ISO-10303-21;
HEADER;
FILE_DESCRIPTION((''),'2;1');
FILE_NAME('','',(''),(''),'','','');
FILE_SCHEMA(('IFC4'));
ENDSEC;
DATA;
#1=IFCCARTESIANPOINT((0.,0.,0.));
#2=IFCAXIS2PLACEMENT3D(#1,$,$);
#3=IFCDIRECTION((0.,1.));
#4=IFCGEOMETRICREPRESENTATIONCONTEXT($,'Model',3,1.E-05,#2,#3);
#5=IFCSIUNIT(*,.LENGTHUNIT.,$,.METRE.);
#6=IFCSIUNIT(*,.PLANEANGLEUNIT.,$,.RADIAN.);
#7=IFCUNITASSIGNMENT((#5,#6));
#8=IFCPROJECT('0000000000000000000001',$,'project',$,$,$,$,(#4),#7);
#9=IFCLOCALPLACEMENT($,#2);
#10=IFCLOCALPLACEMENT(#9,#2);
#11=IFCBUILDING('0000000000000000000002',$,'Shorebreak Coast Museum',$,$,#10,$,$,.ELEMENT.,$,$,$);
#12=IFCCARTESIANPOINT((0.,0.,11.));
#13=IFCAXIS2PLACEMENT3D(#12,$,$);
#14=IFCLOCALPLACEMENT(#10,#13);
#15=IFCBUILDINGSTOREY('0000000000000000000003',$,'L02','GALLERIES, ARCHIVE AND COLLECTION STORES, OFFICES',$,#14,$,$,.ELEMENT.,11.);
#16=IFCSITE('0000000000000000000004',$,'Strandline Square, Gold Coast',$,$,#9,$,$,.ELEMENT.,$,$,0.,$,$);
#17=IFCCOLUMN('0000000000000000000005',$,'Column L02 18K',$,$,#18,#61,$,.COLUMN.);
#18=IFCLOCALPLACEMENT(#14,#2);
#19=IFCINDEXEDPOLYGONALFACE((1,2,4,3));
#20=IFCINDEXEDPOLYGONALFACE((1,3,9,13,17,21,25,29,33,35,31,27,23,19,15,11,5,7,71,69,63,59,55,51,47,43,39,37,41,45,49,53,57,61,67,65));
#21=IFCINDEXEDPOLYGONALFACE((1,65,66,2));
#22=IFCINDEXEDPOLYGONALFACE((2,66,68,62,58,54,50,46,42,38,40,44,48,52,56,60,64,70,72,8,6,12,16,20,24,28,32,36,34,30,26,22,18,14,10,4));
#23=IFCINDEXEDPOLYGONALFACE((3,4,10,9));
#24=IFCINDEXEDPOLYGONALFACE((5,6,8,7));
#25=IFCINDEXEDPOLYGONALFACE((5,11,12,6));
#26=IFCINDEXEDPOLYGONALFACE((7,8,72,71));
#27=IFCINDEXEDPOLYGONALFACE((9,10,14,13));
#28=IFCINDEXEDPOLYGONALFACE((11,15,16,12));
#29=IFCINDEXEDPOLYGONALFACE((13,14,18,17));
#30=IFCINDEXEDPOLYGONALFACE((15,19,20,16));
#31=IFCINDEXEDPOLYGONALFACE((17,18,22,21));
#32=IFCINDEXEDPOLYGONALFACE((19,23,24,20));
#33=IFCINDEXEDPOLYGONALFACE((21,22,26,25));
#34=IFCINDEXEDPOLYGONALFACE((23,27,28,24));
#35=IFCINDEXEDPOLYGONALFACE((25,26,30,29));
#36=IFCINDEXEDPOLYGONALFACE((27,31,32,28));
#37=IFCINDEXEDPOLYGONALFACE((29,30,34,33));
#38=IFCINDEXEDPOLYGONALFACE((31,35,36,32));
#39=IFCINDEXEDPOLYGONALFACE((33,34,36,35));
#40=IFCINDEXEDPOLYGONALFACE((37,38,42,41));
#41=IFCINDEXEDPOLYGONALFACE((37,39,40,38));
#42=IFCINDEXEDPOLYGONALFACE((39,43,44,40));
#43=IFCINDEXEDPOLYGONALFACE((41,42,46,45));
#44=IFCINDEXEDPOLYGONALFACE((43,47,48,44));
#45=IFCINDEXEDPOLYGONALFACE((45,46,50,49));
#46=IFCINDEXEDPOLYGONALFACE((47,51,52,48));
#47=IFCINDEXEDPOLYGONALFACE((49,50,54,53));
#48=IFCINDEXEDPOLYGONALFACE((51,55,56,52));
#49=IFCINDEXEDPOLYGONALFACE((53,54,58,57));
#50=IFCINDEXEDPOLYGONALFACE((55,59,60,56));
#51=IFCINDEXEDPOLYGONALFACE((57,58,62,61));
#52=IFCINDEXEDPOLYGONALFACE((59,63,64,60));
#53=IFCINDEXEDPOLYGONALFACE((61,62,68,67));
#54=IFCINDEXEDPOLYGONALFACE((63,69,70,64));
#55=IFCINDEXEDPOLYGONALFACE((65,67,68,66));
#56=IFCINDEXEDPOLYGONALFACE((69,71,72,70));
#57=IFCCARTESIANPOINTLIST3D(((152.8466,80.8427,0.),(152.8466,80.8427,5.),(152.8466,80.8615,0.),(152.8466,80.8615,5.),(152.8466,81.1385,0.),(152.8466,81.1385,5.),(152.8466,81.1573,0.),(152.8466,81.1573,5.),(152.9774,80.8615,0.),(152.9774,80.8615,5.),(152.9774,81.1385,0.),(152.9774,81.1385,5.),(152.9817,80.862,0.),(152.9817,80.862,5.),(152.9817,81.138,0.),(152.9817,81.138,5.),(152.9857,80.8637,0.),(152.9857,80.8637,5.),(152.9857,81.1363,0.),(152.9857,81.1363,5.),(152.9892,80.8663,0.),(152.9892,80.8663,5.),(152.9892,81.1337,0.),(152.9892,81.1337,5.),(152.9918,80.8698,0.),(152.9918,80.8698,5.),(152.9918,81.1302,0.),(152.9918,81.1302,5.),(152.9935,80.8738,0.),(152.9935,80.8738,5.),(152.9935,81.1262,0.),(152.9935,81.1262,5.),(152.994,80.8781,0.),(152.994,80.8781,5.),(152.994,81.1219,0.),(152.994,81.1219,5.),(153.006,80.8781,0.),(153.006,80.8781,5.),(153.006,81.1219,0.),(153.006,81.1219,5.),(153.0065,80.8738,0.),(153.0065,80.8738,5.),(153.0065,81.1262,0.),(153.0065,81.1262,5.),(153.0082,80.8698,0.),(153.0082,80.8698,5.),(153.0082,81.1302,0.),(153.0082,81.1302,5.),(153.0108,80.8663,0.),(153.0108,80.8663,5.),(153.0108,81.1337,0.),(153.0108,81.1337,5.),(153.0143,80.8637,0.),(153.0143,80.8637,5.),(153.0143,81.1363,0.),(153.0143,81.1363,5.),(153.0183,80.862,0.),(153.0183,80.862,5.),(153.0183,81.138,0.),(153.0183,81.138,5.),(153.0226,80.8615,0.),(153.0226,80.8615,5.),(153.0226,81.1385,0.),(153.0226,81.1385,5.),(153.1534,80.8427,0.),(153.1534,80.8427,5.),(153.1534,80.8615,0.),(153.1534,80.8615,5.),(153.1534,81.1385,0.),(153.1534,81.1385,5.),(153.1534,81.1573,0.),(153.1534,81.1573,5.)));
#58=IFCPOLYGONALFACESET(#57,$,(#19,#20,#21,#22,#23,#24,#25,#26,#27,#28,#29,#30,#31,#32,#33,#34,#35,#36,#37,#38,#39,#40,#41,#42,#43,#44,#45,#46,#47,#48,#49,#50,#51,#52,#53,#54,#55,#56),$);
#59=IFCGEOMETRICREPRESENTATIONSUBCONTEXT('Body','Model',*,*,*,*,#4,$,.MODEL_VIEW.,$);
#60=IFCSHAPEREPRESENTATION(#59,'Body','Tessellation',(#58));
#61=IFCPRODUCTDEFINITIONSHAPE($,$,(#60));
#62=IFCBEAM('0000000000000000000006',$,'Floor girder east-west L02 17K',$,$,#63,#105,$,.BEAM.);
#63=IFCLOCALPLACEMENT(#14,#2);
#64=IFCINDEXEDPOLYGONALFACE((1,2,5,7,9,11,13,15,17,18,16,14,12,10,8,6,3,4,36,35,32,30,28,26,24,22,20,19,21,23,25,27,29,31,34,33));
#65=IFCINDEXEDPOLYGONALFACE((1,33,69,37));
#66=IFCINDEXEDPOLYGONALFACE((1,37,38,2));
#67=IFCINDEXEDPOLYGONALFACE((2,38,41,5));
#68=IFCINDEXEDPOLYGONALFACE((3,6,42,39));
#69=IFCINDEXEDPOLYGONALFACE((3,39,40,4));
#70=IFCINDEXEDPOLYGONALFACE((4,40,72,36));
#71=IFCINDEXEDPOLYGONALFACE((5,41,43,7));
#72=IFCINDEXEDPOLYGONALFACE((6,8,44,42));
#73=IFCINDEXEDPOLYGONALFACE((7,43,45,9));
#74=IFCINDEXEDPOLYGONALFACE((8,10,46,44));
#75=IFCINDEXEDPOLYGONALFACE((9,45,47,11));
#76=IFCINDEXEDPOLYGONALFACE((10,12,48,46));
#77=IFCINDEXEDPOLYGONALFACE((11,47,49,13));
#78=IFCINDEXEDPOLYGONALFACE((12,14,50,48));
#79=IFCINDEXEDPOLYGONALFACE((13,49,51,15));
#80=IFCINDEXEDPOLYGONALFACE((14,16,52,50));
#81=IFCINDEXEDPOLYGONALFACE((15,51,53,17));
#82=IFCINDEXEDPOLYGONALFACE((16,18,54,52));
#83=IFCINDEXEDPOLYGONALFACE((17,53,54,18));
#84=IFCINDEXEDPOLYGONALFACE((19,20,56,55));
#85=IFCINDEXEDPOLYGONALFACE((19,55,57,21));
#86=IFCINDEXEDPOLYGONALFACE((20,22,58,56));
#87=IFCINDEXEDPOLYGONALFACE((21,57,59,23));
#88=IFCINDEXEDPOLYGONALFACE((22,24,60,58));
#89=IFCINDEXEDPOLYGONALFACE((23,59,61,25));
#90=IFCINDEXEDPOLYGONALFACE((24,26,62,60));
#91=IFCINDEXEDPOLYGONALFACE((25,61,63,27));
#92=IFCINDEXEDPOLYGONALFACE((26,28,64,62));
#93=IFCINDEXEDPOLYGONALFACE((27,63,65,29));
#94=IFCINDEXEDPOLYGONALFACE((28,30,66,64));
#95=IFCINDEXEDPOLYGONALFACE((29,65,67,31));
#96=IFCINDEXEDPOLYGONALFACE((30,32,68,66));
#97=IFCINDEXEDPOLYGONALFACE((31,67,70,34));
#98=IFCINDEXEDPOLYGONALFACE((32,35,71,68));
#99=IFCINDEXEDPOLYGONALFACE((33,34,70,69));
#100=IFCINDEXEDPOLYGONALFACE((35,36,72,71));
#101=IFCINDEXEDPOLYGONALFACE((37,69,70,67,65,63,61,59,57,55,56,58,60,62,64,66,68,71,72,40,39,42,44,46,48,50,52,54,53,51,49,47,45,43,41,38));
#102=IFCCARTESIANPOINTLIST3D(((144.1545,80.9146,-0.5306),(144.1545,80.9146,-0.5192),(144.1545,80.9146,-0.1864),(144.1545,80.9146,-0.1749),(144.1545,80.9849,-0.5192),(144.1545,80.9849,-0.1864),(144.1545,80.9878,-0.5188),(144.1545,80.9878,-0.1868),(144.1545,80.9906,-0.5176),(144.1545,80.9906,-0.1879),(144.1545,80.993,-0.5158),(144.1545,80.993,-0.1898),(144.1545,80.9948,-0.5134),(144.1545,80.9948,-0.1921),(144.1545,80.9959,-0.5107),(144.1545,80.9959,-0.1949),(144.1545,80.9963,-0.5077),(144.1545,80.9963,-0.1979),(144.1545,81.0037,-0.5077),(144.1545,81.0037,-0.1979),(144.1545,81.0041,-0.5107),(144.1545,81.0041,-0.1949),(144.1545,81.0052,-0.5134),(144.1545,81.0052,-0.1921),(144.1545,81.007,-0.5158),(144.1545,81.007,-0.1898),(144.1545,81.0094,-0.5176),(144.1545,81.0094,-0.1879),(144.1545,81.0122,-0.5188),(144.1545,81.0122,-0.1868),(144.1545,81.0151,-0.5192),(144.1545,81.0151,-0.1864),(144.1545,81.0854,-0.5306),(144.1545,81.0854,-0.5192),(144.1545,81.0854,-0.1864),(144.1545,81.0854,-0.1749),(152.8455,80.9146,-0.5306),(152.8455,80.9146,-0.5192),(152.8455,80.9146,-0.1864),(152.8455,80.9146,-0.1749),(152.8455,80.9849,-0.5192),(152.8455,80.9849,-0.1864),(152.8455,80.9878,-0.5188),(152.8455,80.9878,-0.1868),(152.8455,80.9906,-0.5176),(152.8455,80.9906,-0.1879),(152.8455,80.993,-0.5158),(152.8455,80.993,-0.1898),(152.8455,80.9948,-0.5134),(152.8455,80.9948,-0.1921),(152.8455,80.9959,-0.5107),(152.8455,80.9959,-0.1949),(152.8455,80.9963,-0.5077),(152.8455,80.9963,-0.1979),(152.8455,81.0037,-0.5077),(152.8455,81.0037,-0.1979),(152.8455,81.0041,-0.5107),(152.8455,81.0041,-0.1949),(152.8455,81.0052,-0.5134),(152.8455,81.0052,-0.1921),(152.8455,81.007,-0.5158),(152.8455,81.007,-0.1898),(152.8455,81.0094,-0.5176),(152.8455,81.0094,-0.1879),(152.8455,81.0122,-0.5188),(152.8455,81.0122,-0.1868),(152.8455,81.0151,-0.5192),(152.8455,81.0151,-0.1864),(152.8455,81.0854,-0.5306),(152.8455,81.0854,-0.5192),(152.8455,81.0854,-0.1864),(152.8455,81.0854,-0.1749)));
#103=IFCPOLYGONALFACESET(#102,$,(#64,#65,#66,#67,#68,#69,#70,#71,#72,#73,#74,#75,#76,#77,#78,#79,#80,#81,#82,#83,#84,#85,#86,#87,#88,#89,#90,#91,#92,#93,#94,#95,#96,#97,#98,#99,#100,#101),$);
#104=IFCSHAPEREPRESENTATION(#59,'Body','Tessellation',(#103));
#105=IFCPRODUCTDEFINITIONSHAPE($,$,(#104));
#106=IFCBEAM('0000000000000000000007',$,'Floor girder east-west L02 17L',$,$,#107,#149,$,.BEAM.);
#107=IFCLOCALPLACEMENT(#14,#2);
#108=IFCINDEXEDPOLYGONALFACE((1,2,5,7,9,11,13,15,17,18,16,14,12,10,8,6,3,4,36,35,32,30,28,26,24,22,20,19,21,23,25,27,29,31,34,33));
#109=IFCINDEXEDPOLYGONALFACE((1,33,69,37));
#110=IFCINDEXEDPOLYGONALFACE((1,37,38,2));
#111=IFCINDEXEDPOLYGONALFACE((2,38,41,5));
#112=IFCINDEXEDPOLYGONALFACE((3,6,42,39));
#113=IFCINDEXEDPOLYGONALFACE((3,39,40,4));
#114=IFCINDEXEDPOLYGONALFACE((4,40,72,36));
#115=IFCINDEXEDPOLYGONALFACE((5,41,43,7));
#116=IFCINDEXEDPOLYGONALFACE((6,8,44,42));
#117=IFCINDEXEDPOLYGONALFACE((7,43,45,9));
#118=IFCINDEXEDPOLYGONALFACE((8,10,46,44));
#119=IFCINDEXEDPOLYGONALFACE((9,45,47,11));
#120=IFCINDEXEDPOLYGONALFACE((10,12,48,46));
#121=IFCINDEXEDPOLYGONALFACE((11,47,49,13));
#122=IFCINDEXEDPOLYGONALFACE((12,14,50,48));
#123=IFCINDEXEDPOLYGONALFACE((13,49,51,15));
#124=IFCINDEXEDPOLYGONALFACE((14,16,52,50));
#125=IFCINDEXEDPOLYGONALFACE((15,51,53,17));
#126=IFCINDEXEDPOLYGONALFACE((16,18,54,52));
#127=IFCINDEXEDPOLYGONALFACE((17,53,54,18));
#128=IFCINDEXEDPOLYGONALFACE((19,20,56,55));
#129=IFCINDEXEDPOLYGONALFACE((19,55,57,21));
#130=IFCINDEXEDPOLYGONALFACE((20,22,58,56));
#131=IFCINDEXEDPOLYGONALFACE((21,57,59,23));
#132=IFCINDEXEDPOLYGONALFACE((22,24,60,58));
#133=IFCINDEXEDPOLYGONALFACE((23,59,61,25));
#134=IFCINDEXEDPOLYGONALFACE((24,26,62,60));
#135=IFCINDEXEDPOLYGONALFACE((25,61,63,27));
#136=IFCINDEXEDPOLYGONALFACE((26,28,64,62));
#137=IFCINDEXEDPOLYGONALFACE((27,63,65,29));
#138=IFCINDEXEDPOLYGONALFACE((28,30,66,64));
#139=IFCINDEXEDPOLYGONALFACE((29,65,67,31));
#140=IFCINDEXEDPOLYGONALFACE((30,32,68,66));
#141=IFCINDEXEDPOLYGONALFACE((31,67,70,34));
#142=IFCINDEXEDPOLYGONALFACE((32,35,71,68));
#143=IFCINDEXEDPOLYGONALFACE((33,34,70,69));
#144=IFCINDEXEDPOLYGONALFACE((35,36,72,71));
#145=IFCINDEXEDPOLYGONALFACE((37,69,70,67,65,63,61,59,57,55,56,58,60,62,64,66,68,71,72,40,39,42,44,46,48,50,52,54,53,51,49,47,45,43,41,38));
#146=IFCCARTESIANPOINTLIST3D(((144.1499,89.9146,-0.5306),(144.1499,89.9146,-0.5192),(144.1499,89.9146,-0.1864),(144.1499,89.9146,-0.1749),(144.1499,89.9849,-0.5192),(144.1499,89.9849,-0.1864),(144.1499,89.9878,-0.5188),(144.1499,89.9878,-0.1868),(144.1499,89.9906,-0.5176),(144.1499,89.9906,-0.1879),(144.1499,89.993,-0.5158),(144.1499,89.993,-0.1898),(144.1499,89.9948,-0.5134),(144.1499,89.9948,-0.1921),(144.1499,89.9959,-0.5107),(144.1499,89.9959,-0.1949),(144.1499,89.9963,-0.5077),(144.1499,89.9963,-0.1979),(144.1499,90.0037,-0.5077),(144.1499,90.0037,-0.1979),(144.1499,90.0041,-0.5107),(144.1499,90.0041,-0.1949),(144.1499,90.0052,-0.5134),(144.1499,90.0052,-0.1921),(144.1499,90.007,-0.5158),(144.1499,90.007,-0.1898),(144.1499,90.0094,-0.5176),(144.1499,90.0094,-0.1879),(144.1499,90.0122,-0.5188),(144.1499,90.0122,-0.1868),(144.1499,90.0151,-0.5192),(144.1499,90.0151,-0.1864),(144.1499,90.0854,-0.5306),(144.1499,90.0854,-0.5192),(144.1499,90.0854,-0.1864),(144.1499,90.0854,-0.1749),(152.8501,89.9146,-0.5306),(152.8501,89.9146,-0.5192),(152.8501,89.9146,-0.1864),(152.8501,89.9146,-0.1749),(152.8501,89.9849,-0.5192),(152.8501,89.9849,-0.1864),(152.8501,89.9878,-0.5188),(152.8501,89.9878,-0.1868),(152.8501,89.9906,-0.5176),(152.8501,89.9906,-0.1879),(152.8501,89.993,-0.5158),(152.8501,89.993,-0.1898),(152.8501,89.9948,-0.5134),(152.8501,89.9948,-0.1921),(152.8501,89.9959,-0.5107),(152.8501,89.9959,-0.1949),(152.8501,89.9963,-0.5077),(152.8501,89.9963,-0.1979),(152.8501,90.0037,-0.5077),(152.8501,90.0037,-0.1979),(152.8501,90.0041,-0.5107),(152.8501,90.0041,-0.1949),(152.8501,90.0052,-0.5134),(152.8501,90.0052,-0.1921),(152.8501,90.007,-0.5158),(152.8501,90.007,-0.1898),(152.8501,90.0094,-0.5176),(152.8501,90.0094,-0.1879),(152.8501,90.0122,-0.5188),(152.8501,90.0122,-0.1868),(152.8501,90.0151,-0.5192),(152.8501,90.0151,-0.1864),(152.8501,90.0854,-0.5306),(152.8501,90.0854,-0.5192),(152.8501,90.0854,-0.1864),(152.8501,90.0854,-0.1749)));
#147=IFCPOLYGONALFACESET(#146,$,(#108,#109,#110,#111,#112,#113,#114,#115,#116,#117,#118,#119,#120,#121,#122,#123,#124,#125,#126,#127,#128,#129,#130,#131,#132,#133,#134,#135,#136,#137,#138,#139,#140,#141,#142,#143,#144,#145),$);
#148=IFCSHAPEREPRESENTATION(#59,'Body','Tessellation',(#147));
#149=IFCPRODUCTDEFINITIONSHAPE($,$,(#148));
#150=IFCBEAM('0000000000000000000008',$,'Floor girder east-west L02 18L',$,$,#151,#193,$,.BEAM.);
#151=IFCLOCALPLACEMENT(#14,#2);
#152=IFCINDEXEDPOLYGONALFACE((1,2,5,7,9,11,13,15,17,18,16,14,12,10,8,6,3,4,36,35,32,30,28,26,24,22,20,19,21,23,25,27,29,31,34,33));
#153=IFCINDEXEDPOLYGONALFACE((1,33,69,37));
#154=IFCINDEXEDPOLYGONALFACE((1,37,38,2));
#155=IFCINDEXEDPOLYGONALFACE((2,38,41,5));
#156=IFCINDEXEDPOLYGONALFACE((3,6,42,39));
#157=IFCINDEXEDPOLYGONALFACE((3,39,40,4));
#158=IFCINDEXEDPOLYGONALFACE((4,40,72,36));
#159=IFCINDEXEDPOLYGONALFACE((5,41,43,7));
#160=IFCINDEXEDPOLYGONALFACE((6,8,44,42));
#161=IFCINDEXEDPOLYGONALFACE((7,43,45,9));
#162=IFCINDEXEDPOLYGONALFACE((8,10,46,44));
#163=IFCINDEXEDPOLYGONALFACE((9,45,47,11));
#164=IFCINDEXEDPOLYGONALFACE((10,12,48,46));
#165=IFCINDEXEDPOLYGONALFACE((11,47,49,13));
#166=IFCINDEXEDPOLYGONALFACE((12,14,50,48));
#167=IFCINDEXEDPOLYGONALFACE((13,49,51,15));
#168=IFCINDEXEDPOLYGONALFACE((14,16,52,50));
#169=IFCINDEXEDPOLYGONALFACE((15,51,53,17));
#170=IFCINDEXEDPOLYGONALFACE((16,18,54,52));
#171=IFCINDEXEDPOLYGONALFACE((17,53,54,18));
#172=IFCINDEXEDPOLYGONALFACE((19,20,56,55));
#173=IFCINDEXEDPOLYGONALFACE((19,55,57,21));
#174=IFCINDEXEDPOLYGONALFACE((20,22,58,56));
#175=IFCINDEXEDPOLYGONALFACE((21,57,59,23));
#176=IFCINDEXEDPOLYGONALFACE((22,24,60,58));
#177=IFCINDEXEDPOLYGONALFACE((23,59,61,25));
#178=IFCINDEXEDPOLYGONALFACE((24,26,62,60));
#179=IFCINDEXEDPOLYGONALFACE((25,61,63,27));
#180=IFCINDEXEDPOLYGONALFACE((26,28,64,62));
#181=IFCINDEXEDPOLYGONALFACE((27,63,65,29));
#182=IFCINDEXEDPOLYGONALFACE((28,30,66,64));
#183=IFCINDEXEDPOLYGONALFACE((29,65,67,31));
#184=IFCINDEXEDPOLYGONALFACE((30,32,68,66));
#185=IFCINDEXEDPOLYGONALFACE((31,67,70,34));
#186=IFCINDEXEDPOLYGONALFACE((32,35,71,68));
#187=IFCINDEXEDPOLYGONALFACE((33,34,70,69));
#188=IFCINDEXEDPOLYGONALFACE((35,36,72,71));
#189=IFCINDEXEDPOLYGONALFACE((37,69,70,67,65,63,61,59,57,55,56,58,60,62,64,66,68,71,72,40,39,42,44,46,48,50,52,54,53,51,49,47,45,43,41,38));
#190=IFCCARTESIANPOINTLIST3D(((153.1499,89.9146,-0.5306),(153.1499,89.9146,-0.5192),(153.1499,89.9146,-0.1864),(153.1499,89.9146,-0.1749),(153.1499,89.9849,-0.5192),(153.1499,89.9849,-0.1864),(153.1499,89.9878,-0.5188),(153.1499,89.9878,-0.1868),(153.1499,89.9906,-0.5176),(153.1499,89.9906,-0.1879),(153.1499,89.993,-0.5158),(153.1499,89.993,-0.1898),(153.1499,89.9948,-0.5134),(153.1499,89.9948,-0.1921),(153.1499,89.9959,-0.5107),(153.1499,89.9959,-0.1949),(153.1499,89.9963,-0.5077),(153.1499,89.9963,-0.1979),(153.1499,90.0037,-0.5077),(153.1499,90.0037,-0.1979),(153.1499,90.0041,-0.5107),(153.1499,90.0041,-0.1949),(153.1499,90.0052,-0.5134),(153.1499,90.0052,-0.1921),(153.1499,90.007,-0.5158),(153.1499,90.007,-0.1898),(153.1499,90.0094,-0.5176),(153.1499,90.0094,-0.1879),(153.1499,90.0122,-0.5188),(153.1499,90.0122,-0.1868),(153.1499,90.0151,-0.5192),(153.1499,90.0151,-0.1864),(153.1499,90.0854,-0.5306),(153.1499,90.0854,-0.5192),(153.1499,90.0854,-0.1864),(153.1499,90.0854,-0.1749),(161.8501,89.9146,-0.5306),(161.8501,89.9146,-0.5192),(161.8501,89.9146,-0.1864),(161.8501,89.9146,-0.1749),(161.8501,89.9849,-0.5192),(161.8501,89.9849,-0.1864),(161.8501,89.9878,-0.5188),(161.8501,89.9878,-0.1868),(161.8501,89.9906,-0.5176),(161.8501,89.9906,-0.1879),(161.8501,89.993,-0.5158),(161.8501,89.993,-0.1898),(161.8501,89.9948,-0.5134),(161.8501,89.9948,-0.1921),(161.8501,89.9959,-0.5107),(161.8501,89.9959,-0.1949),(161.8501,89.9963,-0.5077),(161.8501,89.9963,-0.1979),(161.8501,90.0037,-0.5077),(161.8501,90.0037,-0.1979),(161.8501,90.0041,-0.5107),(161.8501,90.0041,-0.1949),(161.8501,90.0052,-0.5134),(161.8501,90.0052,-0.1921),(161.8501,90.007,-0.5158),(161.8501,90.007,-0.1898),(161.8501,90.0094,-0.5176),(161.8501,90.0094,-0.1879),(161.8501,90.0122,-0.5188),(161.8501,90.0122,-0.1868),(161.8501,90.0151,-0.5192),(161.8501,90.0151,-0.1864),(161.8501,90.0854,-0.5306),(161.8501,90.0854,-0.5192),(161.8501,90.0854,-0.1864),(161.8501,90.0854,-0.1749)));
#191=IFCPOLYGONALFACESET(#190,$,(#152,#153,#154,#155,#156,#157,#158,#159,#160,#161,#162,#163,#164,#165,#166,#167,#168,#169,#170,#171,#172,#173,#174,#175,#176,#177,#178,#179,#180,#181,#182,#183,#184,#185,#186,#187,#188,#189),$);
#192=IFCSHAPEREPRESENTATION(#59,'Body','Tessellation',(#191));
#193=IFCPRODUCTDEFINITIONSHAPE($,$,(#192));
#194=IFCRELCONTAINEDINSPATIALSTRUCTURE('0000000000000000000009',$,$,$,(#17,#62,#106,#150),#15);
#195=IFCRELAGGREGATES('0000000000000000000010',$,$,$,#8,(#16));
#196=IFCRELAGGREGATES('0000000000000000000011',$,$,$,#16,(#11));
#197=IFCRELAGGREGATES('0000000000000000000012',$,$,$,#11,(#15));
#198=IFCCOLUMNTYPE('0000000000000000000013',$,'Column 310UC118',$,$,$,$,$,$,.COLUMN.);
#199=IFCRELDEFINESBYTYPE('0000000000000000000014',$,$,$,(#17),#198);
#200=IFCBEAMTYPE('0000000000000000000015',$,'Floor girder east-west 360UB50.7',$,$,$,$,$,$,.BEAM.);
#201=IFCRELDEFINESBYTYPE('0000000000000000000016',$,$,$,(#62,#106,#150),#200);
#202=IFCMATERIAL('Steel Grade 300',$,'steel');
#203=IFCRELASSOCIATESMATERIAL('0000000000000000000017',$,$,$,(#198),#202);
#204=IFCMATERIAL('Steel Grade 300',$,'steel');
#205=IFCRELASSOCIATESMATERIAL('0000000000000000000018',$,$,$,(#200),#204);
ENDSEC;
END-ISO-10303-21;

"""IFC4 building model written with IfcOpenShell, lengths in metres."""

from ifc_helpers import new_model, si_unit, direction, frame, origin, origin_2d, place, context, subcontext, project, spatial, i_section, extrude, material, material_profile, profile_set, type_object, element, save


model = new_model("IFC4")

# Units and contexts
model_context = context("Model", 3, precision=1e-05, world=origin(), true_north=direction((0.0, 1.0)))
body_context = subcontext(model_context, "Body", "Model", "MODEL_VIEW")
ifc_project = project(units=[si_unit("LENGTHUNIT", "METRE"), si_unit("PLANEANGLEUNIT", "RADIAN")], contexts=[model_context])

# Site, building, storey
site_placement = place(None, origin())
site = spatial("IfcSite", under=ifc_project, at=site_placement, Name="Strandline Square, Gold Coast", CompositionType="ELEMENT", RefElevation=0.0)
building_placement = place(site_placement, origin())
building = spatial("IfcBuilding", under=site, at=building_placement, Name="Shorebreak Coast Museum", CompositionType="ELEMENT")
storey_placement = place(building_placement, frame((0.0, 0.0, 11.0)))
storey = spatial("IfcBuildingStorey", under=building, at=storey_placement, Name="L02", Description="GALLERIES, ARCHIVE AND COLLECTION STORES, OFFICES", CompositionType="ELEMENT", Elevation=11.0)

# Column
ifc_material_1 = material(Name="Steel Grade 300", Category="steel")
ifc_material_profile_1 = material_profile(ifc_material_1, i_section(OverallWidth=0.3069, OverallDepth=0.3147, WebThickness=0.012, FlangeThickness=0.0188, FilletRadius=0.0166, at=origin_2d()), Name="310UC118")
ifc_profile_set_1 = profile_set([ifc_material_profile_1], Name="Steel Grade 300")
column_type_1 = type_object("IfcColumnType", Name="Column 310UC118", PredefinedType="COLUMN", material=ifc_profile_set_1)
for number, where, z_axis, x_axis, name in (
    (1, (153.0, 81.0, 0.0), (0.0, 0.0, 1.0), (1.0, 0.0, 0.0), "Column L02 18K"),
):
    element("IfcColumn", number, at=place(storey_placement, frame(where, z_axis=z_axis, x_axis=x_axis)), inside=storey, type_object=column_type_1, Name=name, PredefinedType="COLUMN", context=body_context, shape_type="SweptSolid", body=[
        extrude(i_section(OverallWidth=0.3069, OverallDepth=0.3147, WebThickness=0.012, FlangeThickness=0.0188, FilletRadius=0.0166, at=origin_2d()), origin(), (0.0, 0.0, 1.0), 5.0),
    ])

# Beams
ifc_material_2 = material(Name="Steel Grade 300", Category="steel")
ifc_material_profile_2 = material_profile(ifc_material_2, i_section(OverallWidth=0.1709, OverallDepth=0.3557, WebThickness=0.0073, FlangeThickness=0.0115, FilletRadius=0.0115, at=origin_2d()), Name="360UB50.7")
ifc_profile_set_2 = profile_set([ifc_material_profile_2], Name="Steel Grade 300")
beam_type_1 = type_object("IfcBeamType", Name="Floor girder east-west 360UB50.7", PredefinedType="BEAM", material=ifc_profile_set_2)
beam_placement = place(storey_placement, frame((144.1545, 81.0, -0.3528), z_axis=(1.0, 0.0, 0.0), x_axis=(0.0, 1.0, 0.0)))
element("IfcBeam", 2, at=beam_placement, inside=storey, type_object=beam_type_1, Name="Floor girder east-west L02 17K", PredefinedType="BEAM", context=body_context, shape_type="SweptSolid", body=[
    extrude(i_section(OverallWidth=0.1709, OverallDepth=0.3557, WebThickness=0.0073, FlangeThickness=0.0115, FilletRadius=0.0115, at=origin_2d()), origin(), (0.0, 0.0, 1.0), 8.6909),
])
for number, where, z_axis, x_axis, name in (
    (3, (144.1499, 90.0, -0.3528), (1.0, 0.0, 0.0), (0.0, 1.0, 0.0), "Floor girder east-west L02 17L"),
    (4, (153.1499, 90.0, -0.3528), (1.0, 0.0, 0.0), (0.0, 1.0, 0.0), "Floor girder east-west L02 18L"),
):
    element("IfcBeam", number, at=place(storey_placement, frame(where, z_axis=z_axis, x_axis=x_axis)), inside=storey, type_object=beam_type_1, Name=name, PredefinedType="BEAM", context=body_context, shape_type="SweptSolid", body=[
        extrude(i_section(OverallWidth=0.1709, OverallDepth=0.3557, WebThickness=0.0073, FlangeThickness=0.0115, FilletRadius=0.0115, at=origin_2d()), origin(), (0.0, 0.0, 1.0), 8.7002),
    ])

save(model, "model.ifc")
